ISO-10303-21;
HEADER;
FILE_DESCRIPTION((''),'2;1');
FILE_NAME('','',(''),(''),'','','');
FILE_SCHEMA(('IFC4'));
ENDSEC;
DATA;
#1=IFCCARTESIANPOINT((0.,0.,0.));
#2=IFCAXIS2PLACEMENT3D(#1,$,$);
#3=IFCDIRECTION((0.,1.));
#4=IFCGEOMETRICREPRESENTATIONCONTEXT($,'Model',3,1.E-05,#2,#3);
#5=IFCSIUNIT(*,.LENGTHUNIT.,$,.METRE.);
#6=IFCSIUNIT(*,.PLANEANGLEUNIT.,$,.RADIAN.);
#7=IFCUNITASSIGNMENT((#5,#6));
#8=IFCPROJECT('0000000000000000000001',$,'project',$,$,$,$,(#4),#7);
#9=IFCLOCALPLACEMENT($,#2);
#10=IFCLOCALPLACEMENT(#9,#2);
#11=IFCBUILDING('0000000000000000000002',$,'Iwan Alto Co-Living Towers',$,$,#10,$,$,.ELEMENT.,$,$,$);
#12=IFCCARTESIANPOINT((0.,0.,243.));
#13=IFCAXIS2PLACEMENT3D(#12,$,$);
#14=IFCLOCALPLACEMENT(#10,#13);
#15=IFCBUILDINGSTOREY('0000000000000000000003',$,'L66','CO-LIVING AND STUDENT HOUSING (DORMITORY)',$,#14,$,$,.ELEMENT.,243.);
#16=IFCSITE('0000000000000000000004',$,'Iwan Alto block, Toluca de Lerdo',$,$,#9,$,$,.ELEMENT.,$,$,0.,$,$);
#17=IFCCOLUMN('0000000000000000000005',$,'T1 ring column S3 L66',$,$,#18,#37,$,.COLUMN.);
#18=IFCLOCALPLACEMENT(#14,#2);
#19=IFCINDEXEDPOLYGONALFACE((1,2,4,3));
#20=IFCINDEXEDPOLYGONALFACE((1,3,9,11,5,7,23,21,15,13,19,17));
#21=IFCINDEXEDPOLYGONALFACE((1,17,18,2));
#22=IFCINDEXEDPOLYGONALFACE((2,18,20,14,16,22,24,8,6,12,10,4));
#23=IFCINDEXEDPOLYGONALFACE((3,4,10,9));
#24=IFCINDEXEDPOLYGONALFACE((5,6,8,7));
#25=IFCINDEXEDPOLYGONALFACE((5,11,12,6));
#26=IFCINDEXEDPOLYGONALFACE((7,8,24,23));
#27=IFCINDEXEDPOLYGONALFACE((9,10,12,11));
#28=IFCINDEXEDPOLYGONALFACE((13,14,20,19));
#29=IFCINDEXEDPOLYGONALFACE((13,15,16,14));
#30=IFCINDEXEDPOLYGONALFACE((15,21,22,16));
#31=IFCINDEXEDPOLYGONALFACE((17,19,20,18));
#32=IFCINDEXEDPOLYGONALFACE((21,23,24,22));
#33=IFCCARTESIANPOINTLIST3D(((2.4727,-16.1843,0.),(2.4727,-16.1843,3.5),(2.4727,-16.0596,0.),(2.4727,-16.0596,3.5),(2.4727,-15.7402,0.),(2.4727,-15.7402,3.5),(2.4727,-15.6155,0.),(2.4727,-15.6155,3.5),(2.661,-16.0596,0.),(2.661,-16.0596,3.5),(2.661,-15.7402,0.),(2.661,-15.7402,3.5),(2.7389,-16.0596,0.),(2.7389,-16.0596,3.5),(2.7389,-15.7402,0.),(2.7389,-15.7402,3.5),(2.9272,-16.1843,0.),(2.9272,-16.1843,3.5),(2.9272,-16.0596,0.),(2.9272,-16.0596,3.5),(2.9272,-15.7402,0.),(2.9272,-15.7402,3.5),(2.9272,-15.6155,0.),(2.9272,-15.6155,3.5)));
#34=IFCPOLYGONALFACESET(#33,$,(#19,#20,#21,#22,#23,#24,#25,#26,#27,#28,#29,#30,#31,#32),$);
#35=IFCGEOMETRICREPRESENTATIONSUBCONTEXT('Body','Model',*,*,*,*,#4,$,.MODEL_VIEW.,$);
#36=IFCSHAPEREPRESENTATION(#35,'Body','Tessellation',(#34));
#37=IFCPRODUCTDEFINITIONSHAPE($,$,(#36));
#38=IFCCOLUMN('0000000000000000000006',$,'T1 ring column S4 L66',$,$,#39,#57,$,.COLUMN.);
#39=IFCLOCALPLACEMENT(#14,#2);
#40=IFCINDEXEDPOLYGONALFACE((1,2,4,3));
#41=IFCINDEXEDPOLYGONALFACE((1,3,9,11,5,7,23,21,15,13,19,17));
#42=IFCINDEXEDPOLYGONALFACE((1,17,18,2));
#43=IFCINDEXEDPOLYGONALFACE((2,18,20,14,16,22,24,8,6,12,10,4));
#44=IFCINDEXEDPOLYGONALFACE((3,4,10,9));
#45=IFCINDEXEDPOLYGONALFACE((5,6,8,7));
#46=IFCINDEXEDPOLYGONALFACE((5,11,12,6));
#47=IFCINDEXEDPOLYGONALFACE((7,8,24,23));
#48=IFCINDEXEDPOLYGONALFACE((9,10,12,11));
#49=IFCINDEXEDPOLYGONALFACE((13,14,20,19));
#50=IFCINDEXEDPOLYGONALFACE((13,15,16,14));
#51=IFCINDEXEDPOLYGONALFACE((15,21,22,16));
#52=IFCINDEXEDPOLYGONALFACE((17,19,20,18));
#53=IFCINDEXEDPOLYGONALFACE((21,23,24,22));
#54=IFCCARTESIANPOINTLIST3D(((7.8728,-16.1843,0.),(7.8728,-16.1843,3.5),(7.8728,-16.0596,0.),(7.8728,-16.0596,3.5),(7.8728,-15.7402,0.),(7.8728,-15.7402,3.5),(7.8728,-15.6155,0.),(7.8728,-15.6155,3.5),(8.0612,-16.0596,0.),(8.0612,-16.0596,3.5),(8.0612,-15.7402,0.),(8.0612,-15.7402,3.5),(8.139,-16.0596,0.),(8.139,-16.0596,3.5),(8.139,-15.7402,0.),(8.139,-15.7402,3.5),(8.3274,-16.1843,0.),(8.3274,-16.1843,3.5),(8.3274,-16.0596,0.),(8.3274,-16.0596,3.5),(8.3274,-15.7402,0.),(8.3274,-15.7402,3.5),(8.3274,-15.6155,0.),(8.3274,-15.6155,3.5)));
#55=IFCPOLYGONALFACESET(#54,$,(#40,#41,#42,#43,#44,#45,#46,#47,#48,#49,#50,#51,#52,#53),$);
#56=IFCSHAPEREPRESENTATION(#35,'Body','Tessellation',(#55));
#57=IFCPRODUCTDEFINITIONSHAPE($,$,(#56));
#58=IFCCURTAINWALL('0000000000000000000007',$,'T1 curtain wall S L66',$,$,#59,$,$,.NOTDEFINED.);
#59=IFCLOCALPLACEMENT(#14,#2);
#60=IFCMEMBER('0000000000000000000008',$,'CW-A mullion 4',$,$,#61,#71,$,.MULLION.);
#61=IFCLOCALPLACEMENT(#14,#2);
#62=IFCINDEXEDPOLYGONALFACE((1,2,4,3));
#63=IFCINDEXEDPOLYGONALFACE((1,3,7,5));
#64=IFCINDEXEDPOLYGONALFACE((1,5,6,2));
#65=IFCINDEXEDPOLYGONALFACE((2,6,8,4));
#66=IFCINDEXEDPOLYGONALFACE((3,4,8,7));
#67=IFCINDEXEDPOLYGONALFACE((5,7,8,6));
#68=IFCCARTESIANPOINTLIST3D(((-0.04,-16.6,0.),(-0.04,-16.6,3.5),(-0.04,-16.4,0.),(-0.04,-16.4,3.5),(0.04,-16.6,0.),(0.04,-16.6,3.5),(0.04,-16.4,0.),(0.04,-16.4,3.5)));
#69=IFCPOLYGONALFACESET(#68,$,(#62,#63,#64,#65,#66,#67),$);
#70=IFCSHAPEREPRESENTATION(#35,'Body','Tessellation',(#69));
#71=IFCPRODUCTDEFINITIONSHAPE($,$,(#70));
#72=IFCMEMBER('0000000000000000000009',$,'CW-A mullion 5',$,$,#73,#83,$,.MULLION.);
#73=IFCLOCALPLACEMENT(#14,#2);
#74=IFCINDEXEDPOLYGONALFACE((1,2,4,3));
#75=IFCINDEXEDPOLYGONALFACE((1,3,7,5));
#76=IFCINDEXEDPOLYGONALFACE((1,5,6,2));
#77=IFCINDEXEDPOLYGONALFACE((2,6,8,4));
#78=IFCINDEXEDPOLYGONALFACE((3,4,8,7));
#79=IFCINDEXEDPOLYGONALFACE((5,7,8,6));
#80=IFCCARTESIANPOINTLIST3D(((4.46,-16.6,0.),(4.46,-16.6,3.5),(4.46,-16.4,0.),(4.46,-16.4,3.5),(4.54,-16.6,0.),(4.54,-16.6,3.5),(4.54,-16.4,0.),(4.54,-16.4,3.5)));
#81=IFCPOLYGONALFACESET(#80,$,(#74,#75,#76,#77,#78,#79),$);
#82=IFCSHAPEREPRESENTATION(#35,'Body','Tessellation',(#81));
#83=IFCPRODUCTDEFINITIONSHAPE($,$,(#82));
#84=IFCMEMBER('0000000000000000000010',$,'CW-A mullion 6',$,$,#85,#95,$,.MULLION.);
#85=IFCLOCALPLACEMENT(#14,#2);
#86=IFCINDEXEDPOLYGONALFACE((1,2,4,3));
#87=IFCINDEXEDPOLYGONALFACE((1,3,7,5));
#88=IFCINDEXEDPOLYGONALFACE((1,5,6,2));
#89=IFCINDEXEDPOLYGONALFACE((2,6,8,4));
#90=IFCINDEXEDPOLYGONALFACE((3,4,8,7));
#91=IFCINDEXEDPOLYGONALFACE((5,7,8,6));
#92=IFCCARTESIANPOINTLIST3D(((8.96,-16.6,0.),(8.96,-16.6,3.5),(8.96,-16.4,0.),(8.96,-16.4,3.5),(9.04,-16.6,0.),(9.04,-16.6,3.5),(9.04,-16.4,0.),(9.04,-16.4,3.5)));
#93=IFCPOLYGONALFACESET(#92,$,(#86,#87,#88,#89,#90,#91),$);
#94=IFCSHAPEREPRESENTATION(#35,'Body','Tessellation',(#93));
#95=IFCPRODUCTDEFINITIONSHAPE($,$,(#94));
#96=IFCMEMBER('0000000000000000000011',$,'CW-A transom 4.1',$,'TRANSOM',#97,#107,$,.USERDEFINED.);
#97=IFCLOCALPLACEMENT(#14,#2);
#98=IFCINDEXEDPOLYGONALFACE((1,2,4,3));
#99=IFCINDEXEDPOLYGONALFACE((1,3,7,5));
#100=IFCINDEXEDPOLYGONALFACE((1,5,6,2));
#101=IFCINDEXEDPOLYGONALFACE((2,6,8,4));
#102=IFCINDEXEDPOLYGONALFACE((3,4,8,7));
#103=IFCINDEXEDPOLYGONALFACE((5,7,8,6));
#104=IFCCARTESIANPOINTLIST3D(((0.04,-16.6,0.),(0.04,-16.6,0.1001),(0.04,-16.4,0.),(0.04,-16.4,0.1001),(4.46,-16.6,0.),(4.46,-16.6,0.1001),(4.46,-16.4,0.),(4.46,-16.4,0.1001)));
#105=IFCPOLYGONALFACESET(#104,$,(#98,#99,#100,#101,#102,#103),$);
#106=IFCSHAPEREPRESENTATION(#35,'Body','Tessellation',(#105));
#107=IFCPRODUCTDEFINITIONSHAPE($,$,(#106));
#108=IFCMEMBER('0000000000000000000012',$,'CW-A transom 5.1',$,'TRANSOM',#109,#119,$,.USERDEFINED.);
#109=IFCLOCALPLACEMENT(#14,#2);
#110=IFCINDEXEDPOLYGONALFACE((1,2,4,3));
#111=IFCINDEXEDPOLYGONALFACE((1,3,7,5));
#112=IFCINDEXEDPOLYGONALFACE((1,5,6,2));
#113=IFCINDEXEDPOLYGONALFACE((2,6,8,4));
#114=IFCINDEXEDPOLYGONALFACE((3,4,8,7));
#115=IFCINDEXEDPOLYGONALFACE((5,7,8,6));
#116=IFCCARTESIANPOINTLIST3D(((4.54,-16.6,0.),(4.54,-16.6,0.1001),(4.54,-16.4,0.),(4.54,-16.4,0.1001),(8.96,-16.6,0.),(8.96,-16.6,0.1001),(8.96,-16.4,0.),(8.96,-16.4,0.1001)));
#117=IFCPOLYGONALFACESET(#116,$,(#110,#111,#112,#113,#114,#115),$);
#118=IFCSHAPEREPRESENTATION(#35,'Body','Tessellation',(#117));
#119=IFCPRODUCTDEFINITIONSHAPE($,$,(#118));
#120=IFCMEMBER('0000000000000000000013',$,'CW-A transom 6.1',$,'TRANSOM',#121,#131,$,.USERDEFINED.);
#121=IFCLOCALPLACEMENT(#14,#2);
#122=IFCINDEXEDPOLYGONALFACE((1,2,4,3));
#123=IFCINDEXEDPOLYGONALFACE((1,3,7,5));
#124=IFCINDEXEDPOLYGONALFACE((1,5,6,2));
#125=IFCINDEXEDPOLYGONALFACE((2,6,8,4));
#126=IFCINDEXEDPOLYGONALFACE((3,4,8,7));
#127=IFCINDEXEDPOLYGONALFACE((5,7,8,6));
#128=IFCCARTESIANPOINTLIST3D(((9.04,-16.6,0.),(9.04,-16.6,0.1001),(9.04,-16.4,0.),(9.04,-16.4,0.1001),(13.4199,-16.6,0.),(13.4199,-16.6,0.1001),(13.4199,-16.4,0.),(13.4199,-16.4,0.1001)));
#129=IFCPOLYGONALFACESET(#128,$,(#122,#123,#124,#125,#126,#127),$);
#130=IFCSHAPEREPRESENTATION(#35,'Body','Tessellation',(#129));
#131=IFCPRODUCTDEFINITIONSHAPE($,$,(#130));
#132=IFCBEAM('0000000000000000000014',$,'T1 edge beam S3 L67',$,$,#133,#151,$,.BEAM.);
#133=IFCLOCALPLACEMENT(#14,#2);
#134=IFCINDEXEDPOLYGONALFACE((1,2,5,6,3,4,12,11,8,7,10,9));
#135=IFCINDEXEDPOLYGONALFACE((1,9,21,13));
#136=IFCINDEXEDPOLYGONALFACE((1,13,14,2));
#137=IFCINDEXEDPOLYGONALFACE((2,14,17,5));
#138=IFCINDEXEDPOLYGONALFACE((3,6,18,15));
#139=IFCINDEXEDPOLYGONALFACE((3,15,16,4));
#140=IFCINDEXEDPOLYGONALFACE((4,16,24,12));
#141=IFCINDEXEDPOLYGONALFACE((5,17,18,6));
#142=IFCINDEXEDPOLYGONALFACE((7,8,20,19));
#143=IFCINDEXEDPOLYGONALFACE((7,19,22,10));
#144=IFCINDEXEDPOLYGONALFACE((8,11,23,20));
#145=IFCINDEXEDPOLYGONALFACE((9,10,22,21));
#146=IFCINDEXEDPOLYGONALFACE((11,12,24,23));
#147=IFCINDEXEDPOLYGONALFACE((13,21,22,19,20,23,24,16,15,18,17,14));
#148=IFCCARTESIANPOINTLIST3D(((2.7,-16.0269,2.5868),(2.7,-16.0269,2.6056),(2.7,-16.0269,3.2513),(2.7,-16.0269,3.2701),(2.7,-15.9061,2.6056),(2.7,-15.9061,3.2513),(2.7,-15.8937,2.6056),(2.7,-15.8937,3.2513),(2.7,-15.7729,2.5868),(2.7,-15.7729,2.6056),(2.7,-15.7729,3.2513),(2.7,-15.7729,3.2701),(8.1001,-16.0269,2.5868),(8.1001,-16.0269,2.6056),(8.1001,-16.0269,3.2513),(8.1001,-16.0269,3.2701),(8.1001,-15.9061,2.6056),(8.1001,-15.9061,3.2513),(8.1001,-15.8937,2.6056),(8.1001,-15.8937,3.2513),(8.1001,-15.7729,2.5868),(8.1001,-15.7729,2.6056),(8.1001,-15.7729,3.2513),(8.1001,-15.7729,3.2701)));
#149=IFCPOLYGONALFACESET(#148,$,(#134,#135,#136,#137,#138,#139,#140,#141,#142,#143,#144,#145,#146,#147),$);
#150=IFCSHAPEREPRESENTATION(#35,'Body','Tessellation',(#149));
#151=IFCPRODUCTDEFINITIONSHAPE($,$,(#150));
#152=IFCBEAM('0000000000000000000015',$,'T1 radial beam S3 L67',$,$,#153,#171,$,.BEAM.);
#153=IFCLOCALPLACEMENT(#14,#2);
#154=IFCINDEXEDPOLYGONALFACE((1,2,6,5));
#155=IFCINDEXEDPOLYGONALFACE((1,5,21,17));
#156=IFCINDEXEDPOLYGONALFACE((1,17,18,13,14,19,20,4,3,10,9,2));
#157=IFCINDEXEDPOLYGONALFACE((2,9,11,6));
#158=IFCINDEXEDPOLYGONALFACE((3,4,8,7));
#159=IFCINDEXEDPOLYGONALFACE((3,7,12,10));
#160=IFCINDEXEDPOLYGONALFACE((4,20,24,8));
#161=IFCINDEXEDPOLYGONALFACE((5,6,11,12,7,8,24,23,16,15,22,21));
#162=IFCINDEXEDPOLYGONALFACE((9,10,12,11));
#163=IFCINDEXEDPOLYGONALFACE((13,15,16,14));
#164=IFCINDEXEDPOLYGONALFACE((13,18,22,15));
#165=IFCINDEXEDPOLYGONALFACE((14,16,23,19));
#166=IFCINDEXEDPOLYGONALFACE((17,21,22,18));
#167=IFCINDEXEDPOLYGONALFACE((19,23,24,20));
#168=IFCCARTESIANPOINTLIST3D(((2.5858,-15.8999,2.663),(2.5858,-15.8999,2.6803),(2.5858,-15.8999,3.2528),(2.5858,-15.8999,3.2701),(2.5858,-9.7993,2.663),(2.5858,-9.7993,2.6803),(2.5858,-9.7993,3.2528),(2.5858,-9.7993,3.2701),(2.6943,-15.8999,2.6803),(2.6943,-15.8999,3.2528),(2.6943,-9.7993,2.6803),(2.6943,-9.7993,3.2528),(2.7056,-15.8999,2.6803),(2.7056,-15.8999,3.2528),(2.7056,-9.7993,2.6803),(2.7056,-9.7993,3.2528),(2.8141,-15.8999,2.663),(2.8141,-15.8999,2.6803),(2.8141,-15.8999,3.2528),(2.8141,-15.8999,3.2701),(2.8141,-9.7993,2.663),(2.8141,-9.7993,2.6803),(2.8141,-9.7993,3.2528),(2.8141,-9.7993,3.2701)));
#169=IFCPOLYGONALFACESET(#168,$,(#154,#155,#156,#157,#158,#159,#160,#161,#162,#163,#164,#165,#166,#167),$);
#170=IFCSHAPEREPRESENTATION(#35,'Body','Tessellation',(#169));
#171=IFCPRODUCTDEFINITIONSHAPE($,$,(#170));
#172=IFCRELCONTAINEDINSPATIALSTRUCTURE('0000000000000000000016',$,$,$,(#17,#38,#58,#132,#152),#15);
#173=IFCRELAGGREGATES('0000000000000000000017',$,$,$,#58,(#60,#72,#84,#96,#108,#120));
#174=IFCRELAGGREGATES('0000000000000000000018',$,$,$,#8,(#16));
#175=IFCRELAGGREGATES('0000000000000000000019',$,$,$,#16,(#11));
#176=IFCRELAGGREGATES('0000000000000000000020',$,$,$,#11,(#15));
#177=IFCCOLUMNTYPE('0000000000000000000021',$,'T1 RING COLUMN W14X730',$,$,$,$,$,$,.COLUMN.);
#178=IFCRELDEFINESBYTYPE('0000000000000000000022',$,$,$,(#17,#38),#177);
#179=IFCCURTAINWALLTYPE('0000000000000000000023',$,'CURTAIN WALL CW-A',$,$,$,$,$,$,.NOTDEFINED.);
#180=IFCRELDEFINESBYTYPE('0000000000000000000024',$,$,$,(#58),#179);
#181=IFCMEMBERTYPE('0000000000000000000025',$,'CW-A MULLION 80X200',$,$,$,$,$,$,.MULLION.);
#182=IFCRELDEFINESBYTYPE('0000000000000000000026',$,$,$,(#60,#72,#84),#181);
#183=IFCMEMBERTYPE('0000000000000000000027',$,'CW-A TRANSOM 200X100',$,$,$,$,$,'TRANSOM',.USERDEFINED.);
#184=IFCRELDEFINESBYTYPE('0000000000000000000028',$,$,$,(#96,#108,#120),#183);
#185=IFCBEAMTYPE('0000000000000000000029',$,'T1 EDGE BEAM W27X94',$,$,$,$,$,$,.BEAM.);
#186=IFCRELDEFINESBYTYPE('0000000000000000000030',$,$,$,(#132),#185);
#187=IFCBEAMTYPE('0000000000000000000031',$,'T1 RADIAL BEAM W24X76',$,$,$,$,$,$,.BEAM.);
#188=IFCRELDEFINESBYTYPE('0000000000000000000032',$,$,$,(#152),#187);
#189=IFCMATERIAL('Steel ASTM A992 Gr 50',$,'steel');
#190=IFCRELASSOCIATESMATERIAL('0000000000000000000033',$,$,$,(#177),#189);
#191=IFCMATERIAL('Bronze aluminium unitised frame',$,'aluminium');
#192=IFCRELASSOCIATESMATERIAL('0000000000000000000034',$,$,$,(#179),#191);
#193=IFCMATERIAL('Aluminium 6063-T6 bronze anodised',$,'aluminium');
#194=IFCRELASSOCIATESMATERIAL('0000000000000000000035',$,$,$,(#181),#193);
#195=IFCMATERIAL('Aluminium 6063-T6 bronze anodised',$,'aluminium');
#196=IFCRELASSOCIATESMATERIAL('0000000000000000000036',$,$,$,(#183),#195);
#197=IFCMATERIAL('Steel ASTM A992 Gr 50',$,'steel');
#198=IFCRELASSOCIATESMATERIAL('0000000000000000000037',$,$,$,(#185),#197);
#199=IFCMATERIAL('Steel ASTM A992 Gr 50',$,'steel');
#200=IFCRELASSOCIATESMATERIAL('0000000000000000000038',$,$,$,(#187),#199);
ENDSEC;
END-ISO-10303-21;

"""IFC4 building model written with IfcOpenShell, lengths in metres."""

from ifc_helpers import new_model, si_unit, direction, frame, origin, origin_2d, place, context, subcontext, project, spatial, rectangle, i_section, extrude, material, material_profile, profile_set, type_object, element, aggregate, save


model = new_model("IFC4")

# Units and contexts
model_context = context("Model", 3, precision=1e-05, world=origin(), true_north=direction((0.0, 1.0)))
body_context = subcontext(model_context, "Body", "Model", "MODEL_VIEW")
ifc_project = project(units=[si_unit("LENGTHUNIT", "METRE"), si_unit("PLANEANGLEUNIT", "RADIAN")], contexts=[model_context])

# Site, building, storey
site_placement = place(None, origin())
site = spatial("IfcSite", under=ifc_project, at=site_placement, Name="Iwan Alto block, Toluca de Lerdo", CompositionType="ELEMENT", RefElevation=0.0)
building_placement = place(site_placement, origin())
building = spatial("IfcBuilding", under=site, at=building_placement, Name="Iwan Alto Co-Living Towers", CompositionType="ELEMENT")
storey_placement = place(building_placement, frame((0.0, 0.0, 243.0)))
storey = spatial("IfcBuildingStorey", under=building, at=storey_placement, Name="L66", Description="CO-LIVING AND STUDENT HOUSING (DORMITORY)", CompositionType="ELEMENT", Elevation=243.0)

# Columns
ifc_material_1 = material(Name="Steel ASTM A992 Gr 50", Category="steel")
ifc_material_profile_1 = material_profile(ifc_material_1, i_section(OverallWidth=0.4546, OverallDepth=0.5688, WebThickness=0.0779, FlangeThickness=0.1248, at=origin_2d()), Name="W14X730")
ifc_profile_set_1 = profile_set([ifc_material_profile_1], Name="Steel ASTM A992 Gr 50")
column_type = type_object("IfcColumnType", Name="T1 RING COLUMN W14X730", PredefinedType="COLUMN", material=ifc_profile_set_1)
for number, where, z_axis, x_axis, name in (
    (1, (2.7, -15.8999, 0.0), (0.0, 0.0, 1.0), (1.0, 0.0, 0.0), "T1 ring column S3 L66"),
    (2, (8.1001, -15.8999, 0.0), (0.0, 0.0, 1.0), (1.0, 0.0, 0.0), "T1 ring column S4 L66"),
):
    element("IfcColumn", number, at=place(storey_placement, frame(where, z_axis=z_axis, x_axis=x_axis)), inside=storey, type_object=column_type, Name=name, PredefinedType="COLUMN", context=body_context, shape_type="SweptSolid", body=[
        extrude(i_section(OverallWidth=0.4546, OverallDepth=0.5688, WebThickness=0.0779, FlangeThickness=0.1248, at=origin_2d()), origin(), (0.0, 0.0, 1.0), 3.5),
    ])

# Curtain wall, members
ifc_material_2 = material(Name="Bronze aluminium unitised frame", Category="aluminium")
curtain_wall_type = type_object("IfcCurtainWallType", Name="CURTAIN WALL CW-A", PredefinedType="NOTDEFINED", material=ifc_material_2)
curtain_wall_placement = place(storey_placement, origin())
curtain_wall = element("IfcCurtainWall", 3, at=curtain_wall_placement, inside=storey, type_object=curtain_wall_type, Name="T1 curtain wall S L66", PredefinedType="NOTDEFINED")
ifc_material_3 = material(Name="Aluminium 6063-T6 bronze anodised", Category="aluminium")
ifc_material_profile_2 = material_profile(ifc_material_3, rectangle(XDim=0.2, YDim=0.0801, at=origin_2d()), Name="AL 80X200")
ifc_profile_set_2 = profile_set([ifc_material_profile_2], Name="Aluminium 6063-T6 bronze anodised")
member_type_1 = type_object("IfcMemberType", Name="CW-A MULLION 80X200", PredefinedType="MULLION", material=ifc_profile_set_2)
member_1_placement = place(storey_placement, frame((0.0, -16.5, 0.0), z_axis=(0.0, 0.0, 1.0), x_axis=(0.0, 1.0, 0.0)))
member_1 = element("IfcMember", 4, at=member_1_placement, type_object=member_type_1, Name="CW-A mullion 4", PredefinedType="MULLION", context=body_context, shape_type="SweptSolid", body=[
    extrude(rectangle(XDim=0.2, YDim=0.0801, at=origin_2d()), origin(), (0.0, 0.0, 1.0), 3.5),
])
member_2_placement = place(storey_placement, frame((4.5, -16.5, 0.0), z_axis=(0.0, 0.0, 1.0), x_axis=(0.0, 1.0, 0.0)))
member_2 = element("IfcMember", 5, at=member_2_placement, type_object=member_type_1, Name="CW-A mullion 5", PredefinedType="MULLION", context=body_context, shape_type="SweptSolid", body=[
    extrude(rectangle(XDim=0.2, YDim=0.0801, at=origin_2d()), origin(), (0.0, 0.0, 1.0), 3.5),
])
member_3_placement = place(storey_placement, frame((9.0, -16.5, 0.0), z_axis=(0.0, 0.0, 1.0), x_axis=(0.0, 1.0, 0.0)))
member_3 = element("IfcMember", 6, at=member_3_placement, type_object=member_type_1, Name="CW-A mullion 6", PredefinedType="MULLION", context=body_context, shape_type="SweptSolid", body=[
    extrude(rectangle(XDim=0.2, YDim=0.0801, at=origin_2d()), origin(), (0.0, 0.0, 1.0), 3.5),
])
ifc_material_4 = material(Name="Aluminium 6063-T6 bronze anodised", Category="aluminium")
ifc_material_profile_3 = material_profile(ifc_material_4, rectangle(XDim=0.2, YDim=0.1001, at=origin_2d()), Name="AL 200X100")
ifc_profile_set_3 = profile_set([ifc_material_profile_3], Name="Aluminium 6063-T6 bronze anodised")
member_type_2 = type_object("IfcMemberType", Name="CW-A TRANSOM 200X100", ElementType="TRANSOM", PredefinedType="USERDEFINED", material=ifc_profile_set_3)
member_4_placement = place(storey_placement, frame((0.04, -16.5, 0.05), z_axis=(1.0, 0.0, 0.0), x_axis=(0.0, 1.0, 0.0)))
member_4 = element("IfcMember", 7, at=member_4_placement, type_object=member_type_2, Name="CW-A transom 4.1", ObjectType="TRANSOM", PredefinedType="USERDEFINED", context=body_context, shape_type="SweptSolid", body=[
    extrude(rectangle(XDim=0.2, YDim=0.1001, at=origin_2d()), origin(), (0.0, 0.0, 1.0), 4.4199),
])
member_5_placement = place(storey_placement, frame((4.54, -16.5, 0.05), z_axis=(1.0, 0.0, 0.0), x_axis=(0.0, 1.0, 0.0)))
member_5 = element("IfcMember", 8, at=member_5_placement, type_object=member_type_2, Name="CW-A transom 5.1", ObjectType="TRANSOM", PredefinedType="USERDEFINED", context=body_context, shape_type="SweptSolid", body=[
    extrude(rectangle(XDim=0.2, YDim=0.1001, at=origin_2d()), origin(), (0.0, 0.0, 1.0), 4.4199),
])
member_6_placement = place(storey_placement, frame((9.04, -16.5, 0.05), z_axis=(1.0, 0.0, 0.0), x_axis=(0.0, 1.0, 0.0)))
member_6 = element("IfcMember", 9, at=member_6_placement, type_object=member_type_2, Name="CW-A transom 6.1", ObjectType="TRANSOM", PredefinedType="USERDEFINED", context=body_context, shape_type="SweptSolid", body=[
    extrude(rectangle(XDim=0.2, YDim=0.1001, at=origin_2d()), origin(), (0.0, 0.0, 1.0), 4.3799),
])

# Beams
ifc_material_5 = material(Name="Steel ASTM A992 Gr 50", Category="steel")
ifc_material_profile_4 = material_profile(ifc_material_5, i_section(OverallWidth=0.2539, OverallDepth=0.6833, WebThickness=0.0125, FlangeThickness=0.0188, at=origin_2d()), Name="W27X94")
ifc_profile_set_4 = profile_set([ifc_material_profile_4], Name="Steel ASTM A992 Gr 50")
beam_type_1 = type_object("IfcBeamType", Name="T1 EDGE BEAM W27X94", PredefinedType="BEAM", material=ifc_profile_set_4)
beam_1_placement = place(storey_placement, frame((2.7, -15.8999, 2.9285), z_axis=(1.0, 0.0, 0.0), x_axis=(0.0, 1.0, 0.0)))
element("IfcBeam", 10, at=beam_1_placement, inside=storey, type_object=beam_type_1, Name="T1 edge beam S3 L67", PredefinedType="BEAM", context=body_context, shape_type="SweptSolid", body=[
    extrude(i_section(OverallWidth=0.2539, OverallDepth=0.6833, WebThickness=0.0125, FlangeThickness=0.0188, at=origin_2d()), origin(), (0.0, 0.0, 1.0), 5.4001),
])
ifc_material_6 = material(Name="Steel ASTM A992 Gr 50", Category="steel")
ifc_material_profile_5 = material_profile(ifc_material_6, i_section(OverallWidth=0.2283, OverallDepth=0.6072, WebThickness=0.0112, FlangeThickness=0.0173, at=origin_2d()), Name="W24X76")
ifc_profile_set_5 = profile_set([ifc_material_profile_5], Name="Steel ASTM A992 Gr 50")
beam_type_2 = type_object("IfcBeamType", Name="T1 RADIAL BEAM W24X76", PredefinedType="BEAM", material=ifc_profile_set_5)
beam_2_placement = place(storey_placement, frame((2.7, -15.8999, 2.9666), z_axis=(0.0, 1.0, 0.0), x_axis=(-1.0, 0.0, 0.0)))
element("IfcBeam", 11, at=beam_2_placement, inside=storey, type_object=beam_type_2, Name="T1 radial beam S3 L67", PredefinedType="BEAM", context=body_context, shape_type="SweptSolid", body=[
    extrude(i_section(OverallWidth=0.2283, OverallDepth=0.6072, WebThickness=0.0112, FlangeThickness=0.0173, at=origin_2d()), origin(), (0.0, 0.0, 1.0), 6.1006),
])

aggregate(curtain_wall, [member_1, member_2, member_3, member_4, member_5, member_6])

save(model, "model.ifc")
